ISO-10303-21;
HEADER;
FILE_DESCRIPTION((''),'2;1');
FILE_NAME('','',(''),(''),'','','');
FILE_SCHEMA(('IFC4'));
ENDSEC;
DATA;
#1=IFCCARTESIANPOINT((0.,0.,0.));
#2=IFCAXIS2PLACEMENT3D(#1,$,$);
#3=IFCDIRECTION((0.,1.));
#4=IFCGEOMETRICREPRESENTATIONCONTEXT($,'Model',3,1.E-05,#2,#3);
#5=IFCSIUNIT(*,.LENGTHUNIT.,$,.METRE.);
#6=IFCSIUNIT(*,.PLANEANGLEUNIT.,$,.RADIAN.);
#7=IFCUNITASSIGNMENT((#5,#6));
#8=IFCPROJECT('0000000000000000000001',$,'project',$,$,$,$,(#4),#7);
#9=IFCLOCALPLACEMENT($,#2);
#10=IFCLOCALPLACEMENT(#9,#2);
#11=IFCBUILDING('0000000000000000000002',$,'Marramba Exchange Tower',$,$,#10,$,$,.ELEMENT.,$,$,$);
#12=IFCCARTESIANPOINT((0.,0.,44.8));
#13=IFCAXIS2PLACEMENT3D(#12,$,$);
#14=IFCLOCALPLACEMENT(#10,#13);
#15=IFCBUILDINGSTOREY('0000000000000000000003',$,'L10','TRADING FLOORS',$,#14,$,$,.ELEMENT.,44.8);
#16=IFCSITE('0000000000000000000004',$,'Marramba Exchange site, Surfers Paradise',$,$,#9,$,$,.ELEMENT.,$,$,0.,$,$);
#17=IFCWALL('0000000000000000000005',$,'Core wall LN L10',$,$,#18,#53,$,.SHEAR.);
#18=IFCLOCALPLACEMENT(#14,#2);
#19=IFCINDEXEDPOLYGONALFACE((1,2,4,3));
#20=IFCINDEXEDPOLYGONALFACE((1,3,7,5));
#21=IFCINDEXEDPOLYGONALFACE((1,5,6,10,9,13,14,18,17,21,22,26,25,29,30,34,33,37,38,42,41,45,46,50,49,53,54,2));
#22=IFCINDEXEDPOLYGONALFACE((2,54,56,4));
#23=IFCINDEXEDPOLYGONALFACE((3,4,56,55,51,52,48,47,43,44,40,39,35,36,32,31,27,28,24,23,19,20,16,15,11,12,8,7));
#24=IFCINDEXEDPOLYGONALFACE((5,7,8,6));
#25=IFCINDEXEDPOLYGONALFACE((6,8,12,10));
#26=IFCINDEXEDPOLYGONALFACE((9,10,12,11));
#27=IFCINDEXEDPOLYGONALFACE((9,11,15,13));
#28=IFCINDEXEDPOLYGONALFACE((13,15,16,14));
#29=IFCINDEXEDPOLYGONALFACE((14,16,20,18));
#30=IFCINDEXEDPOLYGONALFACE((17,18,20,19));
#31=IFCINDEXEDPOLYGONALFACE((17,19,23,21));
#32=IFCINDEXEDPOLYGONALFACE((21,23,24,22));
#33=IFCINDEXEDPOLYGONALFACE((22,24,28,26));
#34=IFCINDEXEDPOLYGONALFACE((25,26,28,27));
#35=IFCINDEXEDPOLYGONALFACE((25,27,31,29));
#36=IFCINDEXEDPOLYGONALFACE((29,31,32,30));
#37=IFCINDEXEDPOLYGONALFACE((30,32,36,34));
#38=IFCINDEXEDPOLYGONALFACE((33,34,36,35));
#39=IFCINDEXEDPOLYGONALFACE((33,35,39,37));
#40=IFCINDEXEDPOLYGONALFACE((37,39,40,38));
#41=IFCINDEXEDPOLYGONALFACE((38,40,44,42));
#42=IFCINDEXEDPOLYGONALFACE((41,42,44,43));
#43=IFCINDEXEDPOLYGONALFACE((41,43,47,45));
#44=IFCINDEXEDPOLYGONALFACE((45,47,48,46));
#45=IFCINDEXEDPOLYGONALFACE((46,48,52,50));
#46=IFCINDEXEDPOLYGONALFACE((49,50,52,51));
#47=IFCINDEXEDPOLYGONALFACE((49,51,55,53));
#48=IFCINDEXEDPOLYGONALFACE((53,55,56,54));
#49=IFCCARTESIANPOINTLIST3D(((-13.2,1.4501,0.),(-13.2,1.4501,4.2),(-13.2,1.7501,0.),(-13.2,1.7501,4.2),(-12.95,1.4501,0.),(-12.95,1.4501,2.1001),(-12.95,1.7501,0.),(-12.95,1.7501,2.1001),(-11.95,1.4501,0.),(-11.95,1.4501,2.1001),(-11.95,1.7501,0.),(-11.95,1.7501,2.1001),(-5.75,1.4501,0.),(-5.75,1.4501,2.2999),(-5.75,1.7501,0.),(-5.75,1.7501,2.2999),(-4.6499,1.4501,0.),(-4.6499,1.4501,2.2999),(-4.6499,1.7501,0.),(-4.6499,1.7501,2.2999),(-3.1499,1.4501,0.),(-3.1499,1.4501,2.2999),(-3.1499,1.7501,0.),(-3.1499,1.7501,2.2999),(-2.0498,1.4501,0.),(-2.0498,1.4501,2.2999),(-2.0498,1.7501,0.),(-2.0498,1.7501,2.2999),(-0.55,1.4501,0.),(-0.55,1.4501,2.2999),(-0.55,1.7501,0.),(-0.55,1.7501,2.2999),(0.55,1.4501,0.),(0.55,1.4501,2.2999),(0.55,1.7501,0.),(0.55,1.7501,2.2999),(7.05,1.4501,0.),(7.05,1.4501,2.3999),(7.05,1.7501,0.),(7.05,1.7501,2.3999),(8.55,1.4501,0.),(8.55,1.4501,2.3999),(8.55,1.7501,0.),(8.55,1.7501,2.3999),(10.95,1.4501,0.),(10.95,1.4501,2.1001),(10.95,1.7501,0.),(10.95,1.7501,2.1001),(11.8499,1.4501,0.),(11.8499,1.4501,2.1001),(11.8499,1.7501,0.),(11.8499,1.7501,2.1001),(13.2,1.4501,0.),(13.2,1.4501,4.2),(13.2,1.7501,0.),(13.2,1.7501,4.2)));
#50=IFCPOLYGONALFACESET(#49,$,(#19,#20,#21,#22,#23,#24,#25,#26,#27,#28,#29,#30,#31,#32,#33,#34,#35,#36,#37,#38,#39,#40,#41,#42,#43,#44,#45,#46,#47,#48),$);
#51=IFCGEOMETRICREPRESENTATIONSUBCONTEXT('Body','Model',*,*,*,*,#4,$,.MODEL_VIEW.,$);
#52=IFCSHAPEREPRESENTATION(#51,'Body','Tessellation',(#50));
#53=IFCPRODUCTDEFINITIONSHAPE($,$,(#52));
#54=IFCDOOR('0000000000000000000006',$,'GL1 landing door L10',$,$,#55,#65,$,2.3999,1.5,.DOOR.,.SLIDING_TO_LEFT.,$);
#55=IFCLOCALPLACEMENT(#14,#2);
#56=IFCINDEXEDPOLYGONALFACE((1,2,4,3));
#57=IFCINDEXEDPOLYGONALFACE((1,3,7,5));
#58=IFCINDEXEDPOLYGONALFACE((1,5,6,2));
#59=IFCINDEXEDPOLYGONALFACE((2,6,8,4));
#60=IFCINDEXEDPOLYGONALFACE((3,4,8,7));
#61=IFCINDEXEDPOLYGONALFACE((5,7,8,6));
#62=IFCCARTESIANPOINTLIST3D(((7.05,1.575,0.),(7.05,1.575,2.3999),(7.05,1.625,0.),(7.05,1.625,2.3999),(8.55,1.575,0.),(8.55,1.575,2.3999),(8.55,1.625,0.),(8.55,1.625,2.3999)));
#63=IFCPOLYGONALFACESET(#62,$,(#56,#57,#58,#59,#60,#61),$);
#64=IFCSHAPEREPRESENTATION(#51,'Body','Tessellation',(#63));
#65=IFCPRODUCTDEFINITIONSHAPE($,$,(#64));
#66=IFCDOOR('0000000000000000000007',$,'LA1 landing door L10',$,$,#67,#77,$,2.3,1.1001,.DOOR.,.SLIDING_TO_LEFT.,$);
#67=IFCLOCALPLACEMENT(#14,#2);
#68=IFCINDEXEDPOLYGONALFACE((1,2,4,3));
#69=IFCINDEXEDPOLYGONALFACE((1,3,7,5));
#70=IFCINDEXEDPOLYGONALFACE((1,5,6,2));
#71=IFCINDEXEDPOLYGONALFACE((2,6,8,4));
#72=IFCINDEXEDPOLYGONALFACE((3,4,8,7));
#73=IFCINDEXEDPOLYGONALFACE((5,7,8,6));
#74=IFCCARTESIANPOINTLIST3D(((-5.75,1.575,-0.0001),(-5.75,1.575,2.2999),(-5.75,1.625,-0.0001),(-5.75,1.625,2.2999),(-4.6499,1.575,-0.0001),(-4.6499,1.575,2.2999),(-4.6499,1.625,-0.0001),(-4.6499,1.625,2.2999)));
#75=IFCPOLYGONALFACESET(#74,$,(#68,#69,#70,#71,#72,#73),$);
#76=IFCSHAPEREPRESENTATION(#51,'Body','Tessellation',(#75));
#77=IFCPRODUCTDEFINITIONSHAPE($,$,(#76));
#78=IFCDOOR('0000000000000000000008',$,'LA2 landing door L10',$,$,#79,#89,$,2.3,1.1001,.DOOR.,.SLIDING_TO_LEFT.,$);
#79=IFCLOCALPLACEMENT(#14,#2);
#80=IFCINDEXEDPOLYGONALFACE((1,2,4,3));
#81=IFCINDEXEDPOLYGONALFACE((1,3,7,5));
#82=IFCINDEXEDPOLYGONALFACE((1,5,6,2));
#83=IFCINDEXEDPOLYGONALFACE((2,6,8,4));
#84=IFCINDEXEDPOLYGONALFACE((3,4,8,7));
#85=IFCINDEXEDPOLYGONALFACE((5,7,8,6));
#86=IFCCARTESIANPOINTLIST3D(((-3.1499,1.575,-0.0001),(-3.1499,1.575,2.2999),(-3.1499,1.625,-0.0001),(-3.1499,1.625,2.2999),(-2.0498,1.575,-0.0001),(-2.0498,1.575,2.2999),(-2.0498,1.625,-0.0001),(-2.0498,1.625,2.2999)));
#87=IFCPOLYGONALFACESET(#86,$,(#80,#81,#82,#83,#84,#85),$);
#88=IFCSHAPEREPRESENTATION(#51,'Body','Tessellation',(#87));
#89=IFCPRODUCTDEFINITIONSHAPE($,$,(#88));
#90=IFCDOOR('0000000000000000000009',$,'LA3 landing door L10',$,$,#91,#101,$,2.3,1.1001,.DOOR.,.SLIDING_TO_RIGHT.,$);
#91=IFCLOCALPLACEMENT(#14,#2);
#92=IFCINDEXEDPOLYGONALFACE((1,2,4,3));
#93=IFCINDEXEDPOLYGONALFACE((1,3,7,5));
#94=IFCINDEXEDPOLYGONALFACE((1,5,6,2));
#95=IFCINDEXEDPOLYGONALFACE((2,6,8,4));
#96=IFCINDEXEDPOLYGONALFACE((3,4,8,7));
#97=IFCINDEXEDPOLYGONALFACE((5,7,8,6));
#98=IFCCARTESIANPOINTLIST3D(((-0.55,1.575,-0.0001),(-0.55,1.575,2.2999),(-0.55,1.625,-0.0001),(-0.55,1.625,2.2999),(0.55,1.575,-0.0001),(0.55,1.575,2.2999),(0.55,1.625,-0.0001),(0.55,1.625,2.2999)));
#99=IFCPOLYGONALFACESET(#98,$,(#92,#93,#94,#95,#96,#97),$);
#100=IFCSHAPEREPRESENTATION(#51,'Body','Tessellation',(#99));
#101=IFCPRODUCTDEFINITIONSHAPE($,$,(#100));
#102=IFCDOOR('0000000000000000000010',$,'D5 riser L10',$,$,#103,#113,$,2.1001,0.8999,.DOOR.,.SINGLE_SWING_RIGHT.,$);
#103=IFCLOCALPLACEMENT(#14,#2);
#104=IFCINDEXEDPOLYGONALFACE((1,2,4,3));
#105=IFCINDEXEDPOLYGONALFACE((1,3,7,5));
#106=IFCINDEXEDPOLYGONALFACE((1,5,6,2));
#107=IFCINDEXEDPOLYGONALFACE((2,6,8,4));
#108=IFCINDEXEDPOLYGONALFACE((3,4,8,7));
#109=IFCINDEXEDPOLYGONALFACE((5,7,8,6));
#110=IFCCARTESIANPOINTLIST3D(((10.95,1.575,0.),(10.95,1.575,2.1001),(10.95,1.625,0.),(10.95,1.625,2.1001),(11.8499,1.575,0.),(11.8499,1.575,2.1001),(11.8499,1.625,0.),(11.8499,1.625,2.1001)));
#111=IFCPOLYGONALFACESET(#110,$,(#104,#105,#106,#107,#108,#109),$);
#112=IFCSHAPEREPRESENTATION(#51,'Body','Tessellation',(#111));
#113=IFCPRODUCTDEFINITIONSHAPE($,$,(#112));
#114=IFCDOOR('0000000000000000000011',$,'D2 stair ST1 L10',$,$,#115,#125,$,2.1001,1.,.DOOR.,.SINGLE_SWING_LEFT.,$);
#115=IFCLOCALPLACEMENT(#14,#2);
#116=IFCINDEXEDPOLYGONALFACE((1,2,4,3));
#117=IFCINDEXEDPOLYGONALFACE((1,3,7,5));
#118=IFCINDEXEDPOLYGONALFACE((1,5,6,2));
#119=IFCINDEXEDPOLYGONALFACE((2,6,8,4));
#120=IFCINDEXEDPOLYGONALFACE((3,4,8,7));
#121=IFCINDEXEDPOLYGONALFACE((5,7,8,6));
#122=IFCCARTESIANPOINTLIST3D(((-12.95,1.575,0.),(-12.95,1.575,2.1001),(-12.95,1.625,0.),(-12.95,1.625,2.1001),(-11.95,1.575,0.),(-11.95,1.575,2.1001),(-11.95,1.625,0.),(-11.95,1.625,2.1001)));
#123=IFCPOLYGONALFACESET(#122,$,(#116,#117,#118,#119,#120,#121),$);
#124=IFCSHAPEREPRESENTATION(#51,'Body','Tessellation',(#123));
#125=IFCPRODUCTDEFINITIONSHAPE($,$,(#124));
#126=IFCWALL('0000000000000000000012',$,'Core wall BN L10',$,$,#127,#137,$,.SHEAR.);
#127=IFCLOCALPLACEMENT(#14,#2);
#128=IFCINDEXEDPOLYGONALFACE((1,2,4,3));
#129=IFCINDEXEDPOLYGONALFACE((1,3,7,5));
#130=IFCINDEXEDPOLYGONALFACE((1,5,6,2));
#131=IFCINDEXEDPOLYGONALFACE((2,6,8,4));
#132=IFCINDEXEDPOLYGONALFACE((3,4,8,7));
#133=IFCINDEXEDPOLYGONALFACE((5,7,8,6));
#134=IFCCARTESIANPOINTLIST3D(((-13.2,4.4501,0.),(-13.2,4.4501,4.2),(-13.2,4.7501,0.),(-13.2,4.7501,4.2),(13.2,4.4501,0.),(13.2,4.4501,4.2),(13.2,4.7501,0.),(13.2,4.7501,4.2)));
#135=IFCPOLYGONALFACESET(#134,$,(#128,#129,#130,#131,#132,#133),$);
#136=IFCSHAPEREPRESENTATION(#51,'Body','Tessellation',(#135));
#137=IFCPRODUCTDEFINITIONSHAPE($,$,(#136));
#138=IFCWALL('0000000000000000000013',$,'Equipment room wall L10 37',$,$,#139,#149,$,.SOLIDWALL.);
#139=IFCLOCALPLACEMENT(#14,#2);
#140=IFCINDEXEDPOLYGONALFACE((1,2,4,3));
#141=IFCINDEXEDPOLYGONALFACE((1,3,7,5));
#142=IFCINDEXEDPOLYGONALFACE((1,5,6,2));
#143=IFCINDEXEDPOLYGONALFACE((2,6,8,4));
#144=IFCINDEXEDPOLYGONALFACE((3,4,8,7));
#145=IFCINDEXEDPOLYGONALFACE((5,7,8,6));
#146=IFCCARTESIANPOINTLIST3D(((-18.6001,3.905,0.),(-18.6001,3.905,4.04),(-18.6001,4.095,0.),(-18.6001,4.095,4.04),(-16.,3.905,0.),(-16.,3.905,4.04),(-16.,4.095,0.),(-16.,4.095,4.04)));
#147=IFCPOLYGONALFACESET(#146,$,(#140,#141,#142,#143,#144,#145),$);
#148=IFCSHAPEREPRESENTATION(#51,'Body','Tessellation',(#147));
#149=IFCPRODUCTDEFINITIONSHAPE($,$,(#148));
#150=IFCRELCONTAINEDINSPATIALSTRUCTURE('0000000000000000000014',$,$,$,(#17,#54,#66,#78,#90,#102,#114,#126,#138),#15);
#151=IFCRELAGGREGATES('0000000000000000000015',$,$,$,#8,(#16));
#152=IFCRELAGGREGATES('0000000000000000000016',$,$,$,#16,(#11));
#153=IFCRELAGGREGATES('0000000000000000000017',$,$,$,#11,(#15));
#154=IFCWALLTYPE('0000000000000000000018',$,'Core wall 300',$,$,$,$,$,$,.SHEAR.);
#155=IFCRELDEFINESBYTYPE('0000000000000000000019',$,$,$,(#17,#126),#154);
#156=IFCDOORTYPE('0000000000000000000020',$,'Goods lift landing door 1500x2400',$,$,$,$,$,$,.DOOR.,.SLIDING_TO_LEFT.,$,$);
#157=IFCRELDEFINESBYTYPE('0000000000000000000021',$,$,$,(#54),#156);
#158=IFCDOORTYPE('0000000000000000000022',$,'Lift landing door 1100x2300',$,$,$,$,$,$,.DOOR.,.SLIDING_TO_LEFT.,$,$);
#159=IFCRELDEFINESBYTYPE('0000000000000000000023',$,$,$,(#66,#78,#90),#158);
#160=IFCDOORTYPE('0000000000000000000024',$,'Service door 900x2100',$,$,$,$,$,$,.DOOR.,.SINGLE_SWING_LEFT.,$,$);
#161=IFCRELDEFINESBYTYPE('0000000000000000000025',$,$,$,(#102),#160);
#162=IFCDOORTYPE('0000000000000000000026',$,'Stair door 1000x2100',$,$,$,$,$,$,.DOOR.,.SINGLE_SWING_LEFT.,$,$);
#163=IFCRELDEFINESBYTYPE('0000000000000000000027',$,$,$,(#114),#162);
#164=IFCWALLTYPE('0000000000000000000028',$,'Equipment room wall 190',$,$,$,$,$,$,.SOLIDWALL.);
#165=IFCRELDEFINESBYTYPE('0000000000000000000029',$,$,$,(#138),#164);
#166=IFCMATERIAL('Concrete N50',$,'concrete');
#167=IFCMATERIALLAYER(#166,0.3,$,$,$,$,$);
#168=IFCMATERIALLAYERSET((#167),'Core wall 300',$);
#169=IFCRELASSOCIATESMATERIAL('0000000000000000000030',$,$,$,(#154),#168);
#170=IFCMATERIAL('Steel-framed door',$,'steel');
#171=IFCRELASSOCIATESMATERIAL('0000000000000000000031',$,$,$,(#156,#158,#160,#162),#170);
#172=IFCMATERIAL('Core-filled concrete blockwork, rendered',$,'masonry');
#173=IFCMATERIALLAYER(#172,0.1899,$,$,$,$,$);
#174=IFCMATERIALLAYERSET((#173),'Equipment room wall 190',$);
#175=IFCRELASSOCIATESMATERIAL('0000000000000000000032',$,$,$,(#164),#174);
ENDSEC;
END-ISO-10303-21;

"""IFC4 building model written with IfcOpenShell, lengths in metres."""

from ifc_helpers import new_model, si_unit, direction, frame, frame_2d, origin, place, context, subcontext, project, spatial, rectangle, extrude, material, layer, layer_set, type_object, element, fill, save


model = new_model("IFC4")

# Units and contexts
model_context = context("Model", 3, precision=1e-05, world=origin(), true_north=direction((0.0, 1.0)))
body_context = subcontext(model_context, "Body", "Model", "MODEL_VIEW")
ifc_project = project(units=[si_unit("LENGTHUNIT", "METRE"), si_unit("PLANEANGLEUNIT", "RADIAN")], contexts=[model_context])

# Site, building, storey
site_placement = place(None, origin())
site = spatial("IfcSite", under=ifc_project, at=site_placement, Name="Marramba Exchange site, Surfers Paradise", CompositionType="ELEMENT", RefElevation=0.0)
building_placement = place(site_placement, origin())
building = spatial("IfcBuilding", under=site, at=building_placement, Name="Marramba Exchange Tower", CompositionType="ELEMENT")
storey_placement = place(building_placement, frame((0.0, 0.0, 44.8)))
storey = spatial("IfcBuildingStorey", under=building, at=storey_placement, Name="L10", Description="TRADING FLOORS", CompositionType="ELEMENT", Elevation=44.8)

# Shared definitions
ifc_material_1 = material(Name="Concrete N50", Category="concrete")
ifc_material_2 = material(Name="Steel-framed door", Category="steel")

# Wall, openings, doors
ifc_layer_1 = layer(ifc_material_1, 0.3)
ifc_layer_set_1 = layer_set([ifc_layer_1], Name="Core wall 300")
wall_type_1 = type_object("IfcWallType", Name="Core wall 300", PredefinedType="SHEAR", material=ifc_layer_set_1)
wall_1_placement = place(storey_placement, frame((-13.2, 1.6001, 0.0), z_axis=(0.0, 0.0, 1.0), x_axis=(1.0, 0.0, 0.0)))
wall_1 = element("IfcWall", 1, at=wall_1_placement, inside=storey, type_object=wall_type_1, Name="Core wall LN L10", PredefinedType="SHEAR", context=body_context, shape_type="SweptSolid", body=[
    extrude(rectangle(XDim=26.3999, YDim=0.3, at=frame_2d((13.2, 0.0))), origin(), (0.0, 0.0, 1.0), 4.2),
])
opening_1_placement = place(wall_1_placement, frame((0.25, 0.0, 0.0)))
opening_1 = element("IfcOpeningElement", 2, at=opening_1_placement, cuts=wall_1, PredefinedType="OPENING", context=body_context, shape_type="SweptSolid", body=[
    extrude(rectangle(XDim=1.0, YDim=2.1001, at=frame_2d((0.5, 1.05))), frame((0.0, 0.1599, 0.0), z_axis=(0.0, -1.0, 0.0), x_axis=(1.0, 0.0, 0.0)), (0.0, 0.0, 1.0), 0.3201),
])
opening_2_placement = place(wall_1_placement, frame((20.25, 0.0, 0.0)))
opening_2 = element("IfcOpeningElement", 3, at=opening_2_placement, cuts=wall_1, PredefinedType="OPENING", context=body_context, shape_type="SweptSolid", body=[
    extrude(rectangle(XDim=1.5, YDim=2.3999, at=frame_2d((0.75, 1.2))), frame((0.0, 0.1599, 0.0), z_axis=(0.0, -1.0, 0.0), x_axis=(1.0, 0.0, 0.0)), (0.0, 0.0, 1.0), 0.3201),
])
opening_3_placement = place(wall_1_placement, frame((7.45, 0.0, 0.0)))
opening_3 = element("IfcOpeningElement", 4, at=opening_3_placement, cuts=wall_1, PredefinedType="OPENING", context=body_context, shape_type="SweptSolid", body=[
    extrude(rectangle(XDim=1.1001, YDim=2.3, at=frame_2d((0.55, 1.1499))), frame((0.0, 0.1599, 0.0), z_axis=(0.0, -1.0, 0.0), x_axis=(1.0, 0.0, 0.0)), (0.0, 0.0, 1.0), 0.3201),
])
opening_4_placement = place(wall_1_placement, frame((10.05, 0.0, 0.0)))
opening_4 = element("IfcOpeningElement", 5, at=opening_4_placement, cuts=wall_1, PredefinedType="OPENING", context=body_context, shape_type="SweptSolid", body=[
    extrude(rectangle(XDim=1.1001, YDim=2.3, at=frame_2d((0.55, 1.1499))), frame((0.0, 0.1599, 0.0), z_axis=(0.0, -1.0, 0.0), x_axis=(1.0, 0.0, 0.0)), (0.0, 0.0, 1.0), 0.3201),
])
opening_5_placement = place(wall_1_placement, frame((12.6499, 0.0, 0.0)))
opening_5 = element("IfcOpeningElement", 6, at=opening_5_placement, cuts=wall_1, PredefinedType="OPENING", context=body_context, shape_type="SweptSolid", body=[
    extrude(rectangle(XDim=1.1001, YDim=2.3, at=frame_2d((0.55, 1.1499))), frame((0.0, 0.1599, 0.0), z_axis=(0.0, -1.0, 0.0), x_axis=(1.0, 0.0, 0.0)), (0.0, 0.0, 1.0), 0.3201),
])
opening_6_placement = place(wall_1_placement, frame((24.1499, 0.0, 0.0)))
opening_6 = element("IfcOpeningElement", 7, at=opening_6_placement, cuts=wall_1, PredefinedType="OPENING", context=body_context, shape_type="SweptSolid", body=[
    extrude(rectangle(XDim=0.8999, YDim=2.1001, at=frame_2d((0.45, 1.05))), frame((0.0, 0.1599, 0.0), z_axis=(0.0, -1.0, 0.0), x_axis=(1.0, 0.0, 0.0)), (0.0, 0.0, 1.0), 0.3201),
])
door_type_1 = type_object("IfcDoorType", Name="Goods lift landing door 1500x2400", OperationType="SLIDING_TO_LEFT", PredefinedType="DOOR", material=ifc_material_2)
door_1_placement = place(opening_2_placement, origin())
door_1 = element("IfcDoor", 8, at=door_1_placement, inside=storey, type_object=door_type_1, Name="GL1 landing door L10", OperationType="SLIDING_TO_LEFT", OverallHeight=2.3999, OverallWidth=1.5, PredefinedType="DOOR", context=body_context, shape_type="SweptSolid", body=[
    extrude(rectangle(XDim=1.5, YDim=2.3999, at=frame_2d((0.75, 1.2))), frame((0.0, 0.0249, 0.0), z_axis=(0.0, -1.0, 0.0), x_axis=(1.0, 0.0, 0.0)), (0.0, 0.0, 1.0), 0.05),
])
fill(opening_2, door_1)
door_type_2 = type_object("IfcDoorType", Name="Lift landing door 1100x2300", OperationType="SLIDING_TO_LEFT", PredefinedType="DOOR", material=ifc_material_2)
door_2_placement = place(opening_3_placement, origin())
door_2 = element("IfcDoor", 9, at=door_2_placement, inside=storey, type_object=door_type_2, Name="LA1 landing door L10", OperationType="SLIDING_TO_LEFT", OverallHeight=2.3, OverallWidth=1.1001, PredefinedType="DOOR", context=body_context, shape_type="SweptSolid", body=[
    extrude(rectangle(XDim=1.1001, YDim=2.3, at=frame_2d((0.55, 1.1499))), frame((0.0, 0.0249, 0.0), z_axis=(0.0, -1.0, 0.0), x_axis=(1.0, 0.0, 0.0)), (0.0, 0.0, 1.0), 0.05),
])
fill(opening_3, door_2)
door_3_placement = place(opening_4_placement, origin())
door_3 = element("IfcDoor", 10, at=door_3_placement, inside=storey, type_object=door_type_2, Name="LA2 landing door L10", OperationType="SLIDING_TO_LEFT", OverallHeight=2.3, OverallWidth=1.1001, PredefinedType="DOOR", context=body_context, shape_type="SweptSolid", body=[
    extrude(rectangle(XDim=1.1001, YDim=2.3, at=frame_2d((0.55, 1.1499))), frame((0.0, 0.0249, 0.0), z_axis=(0.0, -1.0, 0.0), x_axis=(1.0, 0.0, 0.0)), (0.0, 0.0, 1.0), 0.05),
])
fill(opening_4, door_3)
door_4_placement = place(opening_5_placement, origin())
door_4 = element("IfcDoor", 11, at=door_4_placement, inside=storey, type_object=door_type_2, Name="LA3 landing door L10", OperationType="SLIDING_TO_RIGHT", OverallHeight=2.3, OverallWidth=1.1001, PredefinedType="DOOR", context=body_context, shape_type="SweptSolid", body=[
    extrude(rectangle(XDim=1.1001, YDim=2.3, at=frame_2d((0.55, 1.1499))), frame((0.0, 0.0249, 0.0), z_axis=(0.0, -1.0, 0.0), x_axis=(1.0, 0.0, 0.0)), (0.0, 0.0, 1.0), 0.05),
])
fill(opening_5, door_4)
door_type_3 = type_object("IfcDoorType", Name="Service door 900x2100", OperationType="SINGLE_SWING_LEFT", PredefinedType="DOOR", material=ifc_material_2)
door_5_placement = place(opening_6_placement, origin())
door_5 = element("IfcDoor", 12, at=door_5_placement, inside=storey, type_object=door_type_3, Name="D5 riser L10", OperationType="SINGLE_SWING_RIGHT", OverallHeight=2.1001, OverallWidth=0.8999, PredefinedType="DOOR", context=body_context, shape_type="SweptSolid", body=[
    extrude(rectangle(XDim=0.8999, YDim=2.1001, at=frame_2d((0.45, 1.05))), frame((0.0, 0.0249, 0.0), z_axis=(0.0, -1.0, 0.0), x_axis=(1.0, 0.0, 0.0)), (0.0, 0.0, 1.0), 0.05),
])
fill(opening_6, door_5)
door_type_4 = type_object("IfcDoorType", Name="Stair door 1000x2100", OperationType="SINGLE_SWING_LEFT", PredefinedType="DOOR", material=ifc_material_2)
door_6_placement = place(opening_1_placement, origin())
door_6 = element("IfcDoor", 13, at=door_6_placement, inside=storey, type_object=door_type_4, Name="D2 stair ST1 L10", OperationType="SINGLE_SWING_LEFT", OverallHeight=2.1001, OverallWidth=1.0, PredefinedType="DOOR", context=body_context, shape_type="SweptSolid", body=[
    extrude(rectangle(XDim=1.0, YDim=2.1001, at=frame_2d((0.5, 1.05))), frame((0.0, 0.0249, 0.0), z_axis=(0.0, -1.0, 0.0), x_axis=(1.0, 0.0, 0.0)), (0.0, 0.0, 1.0), 0.05),
])
fill(opening_1, door_6)

# Walls
wall_2_placement = place(storey_placement, frame((-13.2, 4.6001, 0.0), z_axis=(0.0, 0.0, 1.0), x_axis=(1.0, 0.0, 0.0)))
element("IfcWall", 14, at=wall_2_placement, inside=storey, type_object=wall_type_1, Name="Core wall BN L10", PredefinedType="SHEAR", context=body_context, shape_type="SweptSolid", body=[
    extrude(rectangle(XDim=26.3999, YDim=0.3, at=frame_2d((13.2, 0.0))), origin(), (0.0, 0.0, 1.0), 4.2),
])
ifc_material_3 = material(Name="Core-filled concrete blockwork, rendered", Category="masonry")
ifc_layer_2 = layer(ifc_material_3, 0.1899)
ifc_layer_set_2 = layer_set([ifc_layer_2], Name="Equipment room wall 190")
wall_type_2 = type_object("IfcWallType", Name="Equipment room wall 190", PredefinedType="SOLIDWALL", material=ifc_layer_set_2)
wall_3_placement = place(storey_placement, frame((-16.0, 4.0, 0.0), z_axis=(0.0, 0.0, 1.0), x_axis=(-1.0, 0.0, 0.0)))
element("IfcWall", 15, at=wall_3_placement, inside=storey, type_object=wall_type_2, Name="Equipment room wall L10 37", PredefinedType="SOLIDWALL", context=body_context, shape_type="SweptSolid", body=[
    extrude(rectangle(XDim=2.6001, YDim=0.1899, at=frame_2d((1.3, 0.0))), origin(), (0.0, 0.0, 1.0), 4.04),
])

save(model, "model.ifc")
